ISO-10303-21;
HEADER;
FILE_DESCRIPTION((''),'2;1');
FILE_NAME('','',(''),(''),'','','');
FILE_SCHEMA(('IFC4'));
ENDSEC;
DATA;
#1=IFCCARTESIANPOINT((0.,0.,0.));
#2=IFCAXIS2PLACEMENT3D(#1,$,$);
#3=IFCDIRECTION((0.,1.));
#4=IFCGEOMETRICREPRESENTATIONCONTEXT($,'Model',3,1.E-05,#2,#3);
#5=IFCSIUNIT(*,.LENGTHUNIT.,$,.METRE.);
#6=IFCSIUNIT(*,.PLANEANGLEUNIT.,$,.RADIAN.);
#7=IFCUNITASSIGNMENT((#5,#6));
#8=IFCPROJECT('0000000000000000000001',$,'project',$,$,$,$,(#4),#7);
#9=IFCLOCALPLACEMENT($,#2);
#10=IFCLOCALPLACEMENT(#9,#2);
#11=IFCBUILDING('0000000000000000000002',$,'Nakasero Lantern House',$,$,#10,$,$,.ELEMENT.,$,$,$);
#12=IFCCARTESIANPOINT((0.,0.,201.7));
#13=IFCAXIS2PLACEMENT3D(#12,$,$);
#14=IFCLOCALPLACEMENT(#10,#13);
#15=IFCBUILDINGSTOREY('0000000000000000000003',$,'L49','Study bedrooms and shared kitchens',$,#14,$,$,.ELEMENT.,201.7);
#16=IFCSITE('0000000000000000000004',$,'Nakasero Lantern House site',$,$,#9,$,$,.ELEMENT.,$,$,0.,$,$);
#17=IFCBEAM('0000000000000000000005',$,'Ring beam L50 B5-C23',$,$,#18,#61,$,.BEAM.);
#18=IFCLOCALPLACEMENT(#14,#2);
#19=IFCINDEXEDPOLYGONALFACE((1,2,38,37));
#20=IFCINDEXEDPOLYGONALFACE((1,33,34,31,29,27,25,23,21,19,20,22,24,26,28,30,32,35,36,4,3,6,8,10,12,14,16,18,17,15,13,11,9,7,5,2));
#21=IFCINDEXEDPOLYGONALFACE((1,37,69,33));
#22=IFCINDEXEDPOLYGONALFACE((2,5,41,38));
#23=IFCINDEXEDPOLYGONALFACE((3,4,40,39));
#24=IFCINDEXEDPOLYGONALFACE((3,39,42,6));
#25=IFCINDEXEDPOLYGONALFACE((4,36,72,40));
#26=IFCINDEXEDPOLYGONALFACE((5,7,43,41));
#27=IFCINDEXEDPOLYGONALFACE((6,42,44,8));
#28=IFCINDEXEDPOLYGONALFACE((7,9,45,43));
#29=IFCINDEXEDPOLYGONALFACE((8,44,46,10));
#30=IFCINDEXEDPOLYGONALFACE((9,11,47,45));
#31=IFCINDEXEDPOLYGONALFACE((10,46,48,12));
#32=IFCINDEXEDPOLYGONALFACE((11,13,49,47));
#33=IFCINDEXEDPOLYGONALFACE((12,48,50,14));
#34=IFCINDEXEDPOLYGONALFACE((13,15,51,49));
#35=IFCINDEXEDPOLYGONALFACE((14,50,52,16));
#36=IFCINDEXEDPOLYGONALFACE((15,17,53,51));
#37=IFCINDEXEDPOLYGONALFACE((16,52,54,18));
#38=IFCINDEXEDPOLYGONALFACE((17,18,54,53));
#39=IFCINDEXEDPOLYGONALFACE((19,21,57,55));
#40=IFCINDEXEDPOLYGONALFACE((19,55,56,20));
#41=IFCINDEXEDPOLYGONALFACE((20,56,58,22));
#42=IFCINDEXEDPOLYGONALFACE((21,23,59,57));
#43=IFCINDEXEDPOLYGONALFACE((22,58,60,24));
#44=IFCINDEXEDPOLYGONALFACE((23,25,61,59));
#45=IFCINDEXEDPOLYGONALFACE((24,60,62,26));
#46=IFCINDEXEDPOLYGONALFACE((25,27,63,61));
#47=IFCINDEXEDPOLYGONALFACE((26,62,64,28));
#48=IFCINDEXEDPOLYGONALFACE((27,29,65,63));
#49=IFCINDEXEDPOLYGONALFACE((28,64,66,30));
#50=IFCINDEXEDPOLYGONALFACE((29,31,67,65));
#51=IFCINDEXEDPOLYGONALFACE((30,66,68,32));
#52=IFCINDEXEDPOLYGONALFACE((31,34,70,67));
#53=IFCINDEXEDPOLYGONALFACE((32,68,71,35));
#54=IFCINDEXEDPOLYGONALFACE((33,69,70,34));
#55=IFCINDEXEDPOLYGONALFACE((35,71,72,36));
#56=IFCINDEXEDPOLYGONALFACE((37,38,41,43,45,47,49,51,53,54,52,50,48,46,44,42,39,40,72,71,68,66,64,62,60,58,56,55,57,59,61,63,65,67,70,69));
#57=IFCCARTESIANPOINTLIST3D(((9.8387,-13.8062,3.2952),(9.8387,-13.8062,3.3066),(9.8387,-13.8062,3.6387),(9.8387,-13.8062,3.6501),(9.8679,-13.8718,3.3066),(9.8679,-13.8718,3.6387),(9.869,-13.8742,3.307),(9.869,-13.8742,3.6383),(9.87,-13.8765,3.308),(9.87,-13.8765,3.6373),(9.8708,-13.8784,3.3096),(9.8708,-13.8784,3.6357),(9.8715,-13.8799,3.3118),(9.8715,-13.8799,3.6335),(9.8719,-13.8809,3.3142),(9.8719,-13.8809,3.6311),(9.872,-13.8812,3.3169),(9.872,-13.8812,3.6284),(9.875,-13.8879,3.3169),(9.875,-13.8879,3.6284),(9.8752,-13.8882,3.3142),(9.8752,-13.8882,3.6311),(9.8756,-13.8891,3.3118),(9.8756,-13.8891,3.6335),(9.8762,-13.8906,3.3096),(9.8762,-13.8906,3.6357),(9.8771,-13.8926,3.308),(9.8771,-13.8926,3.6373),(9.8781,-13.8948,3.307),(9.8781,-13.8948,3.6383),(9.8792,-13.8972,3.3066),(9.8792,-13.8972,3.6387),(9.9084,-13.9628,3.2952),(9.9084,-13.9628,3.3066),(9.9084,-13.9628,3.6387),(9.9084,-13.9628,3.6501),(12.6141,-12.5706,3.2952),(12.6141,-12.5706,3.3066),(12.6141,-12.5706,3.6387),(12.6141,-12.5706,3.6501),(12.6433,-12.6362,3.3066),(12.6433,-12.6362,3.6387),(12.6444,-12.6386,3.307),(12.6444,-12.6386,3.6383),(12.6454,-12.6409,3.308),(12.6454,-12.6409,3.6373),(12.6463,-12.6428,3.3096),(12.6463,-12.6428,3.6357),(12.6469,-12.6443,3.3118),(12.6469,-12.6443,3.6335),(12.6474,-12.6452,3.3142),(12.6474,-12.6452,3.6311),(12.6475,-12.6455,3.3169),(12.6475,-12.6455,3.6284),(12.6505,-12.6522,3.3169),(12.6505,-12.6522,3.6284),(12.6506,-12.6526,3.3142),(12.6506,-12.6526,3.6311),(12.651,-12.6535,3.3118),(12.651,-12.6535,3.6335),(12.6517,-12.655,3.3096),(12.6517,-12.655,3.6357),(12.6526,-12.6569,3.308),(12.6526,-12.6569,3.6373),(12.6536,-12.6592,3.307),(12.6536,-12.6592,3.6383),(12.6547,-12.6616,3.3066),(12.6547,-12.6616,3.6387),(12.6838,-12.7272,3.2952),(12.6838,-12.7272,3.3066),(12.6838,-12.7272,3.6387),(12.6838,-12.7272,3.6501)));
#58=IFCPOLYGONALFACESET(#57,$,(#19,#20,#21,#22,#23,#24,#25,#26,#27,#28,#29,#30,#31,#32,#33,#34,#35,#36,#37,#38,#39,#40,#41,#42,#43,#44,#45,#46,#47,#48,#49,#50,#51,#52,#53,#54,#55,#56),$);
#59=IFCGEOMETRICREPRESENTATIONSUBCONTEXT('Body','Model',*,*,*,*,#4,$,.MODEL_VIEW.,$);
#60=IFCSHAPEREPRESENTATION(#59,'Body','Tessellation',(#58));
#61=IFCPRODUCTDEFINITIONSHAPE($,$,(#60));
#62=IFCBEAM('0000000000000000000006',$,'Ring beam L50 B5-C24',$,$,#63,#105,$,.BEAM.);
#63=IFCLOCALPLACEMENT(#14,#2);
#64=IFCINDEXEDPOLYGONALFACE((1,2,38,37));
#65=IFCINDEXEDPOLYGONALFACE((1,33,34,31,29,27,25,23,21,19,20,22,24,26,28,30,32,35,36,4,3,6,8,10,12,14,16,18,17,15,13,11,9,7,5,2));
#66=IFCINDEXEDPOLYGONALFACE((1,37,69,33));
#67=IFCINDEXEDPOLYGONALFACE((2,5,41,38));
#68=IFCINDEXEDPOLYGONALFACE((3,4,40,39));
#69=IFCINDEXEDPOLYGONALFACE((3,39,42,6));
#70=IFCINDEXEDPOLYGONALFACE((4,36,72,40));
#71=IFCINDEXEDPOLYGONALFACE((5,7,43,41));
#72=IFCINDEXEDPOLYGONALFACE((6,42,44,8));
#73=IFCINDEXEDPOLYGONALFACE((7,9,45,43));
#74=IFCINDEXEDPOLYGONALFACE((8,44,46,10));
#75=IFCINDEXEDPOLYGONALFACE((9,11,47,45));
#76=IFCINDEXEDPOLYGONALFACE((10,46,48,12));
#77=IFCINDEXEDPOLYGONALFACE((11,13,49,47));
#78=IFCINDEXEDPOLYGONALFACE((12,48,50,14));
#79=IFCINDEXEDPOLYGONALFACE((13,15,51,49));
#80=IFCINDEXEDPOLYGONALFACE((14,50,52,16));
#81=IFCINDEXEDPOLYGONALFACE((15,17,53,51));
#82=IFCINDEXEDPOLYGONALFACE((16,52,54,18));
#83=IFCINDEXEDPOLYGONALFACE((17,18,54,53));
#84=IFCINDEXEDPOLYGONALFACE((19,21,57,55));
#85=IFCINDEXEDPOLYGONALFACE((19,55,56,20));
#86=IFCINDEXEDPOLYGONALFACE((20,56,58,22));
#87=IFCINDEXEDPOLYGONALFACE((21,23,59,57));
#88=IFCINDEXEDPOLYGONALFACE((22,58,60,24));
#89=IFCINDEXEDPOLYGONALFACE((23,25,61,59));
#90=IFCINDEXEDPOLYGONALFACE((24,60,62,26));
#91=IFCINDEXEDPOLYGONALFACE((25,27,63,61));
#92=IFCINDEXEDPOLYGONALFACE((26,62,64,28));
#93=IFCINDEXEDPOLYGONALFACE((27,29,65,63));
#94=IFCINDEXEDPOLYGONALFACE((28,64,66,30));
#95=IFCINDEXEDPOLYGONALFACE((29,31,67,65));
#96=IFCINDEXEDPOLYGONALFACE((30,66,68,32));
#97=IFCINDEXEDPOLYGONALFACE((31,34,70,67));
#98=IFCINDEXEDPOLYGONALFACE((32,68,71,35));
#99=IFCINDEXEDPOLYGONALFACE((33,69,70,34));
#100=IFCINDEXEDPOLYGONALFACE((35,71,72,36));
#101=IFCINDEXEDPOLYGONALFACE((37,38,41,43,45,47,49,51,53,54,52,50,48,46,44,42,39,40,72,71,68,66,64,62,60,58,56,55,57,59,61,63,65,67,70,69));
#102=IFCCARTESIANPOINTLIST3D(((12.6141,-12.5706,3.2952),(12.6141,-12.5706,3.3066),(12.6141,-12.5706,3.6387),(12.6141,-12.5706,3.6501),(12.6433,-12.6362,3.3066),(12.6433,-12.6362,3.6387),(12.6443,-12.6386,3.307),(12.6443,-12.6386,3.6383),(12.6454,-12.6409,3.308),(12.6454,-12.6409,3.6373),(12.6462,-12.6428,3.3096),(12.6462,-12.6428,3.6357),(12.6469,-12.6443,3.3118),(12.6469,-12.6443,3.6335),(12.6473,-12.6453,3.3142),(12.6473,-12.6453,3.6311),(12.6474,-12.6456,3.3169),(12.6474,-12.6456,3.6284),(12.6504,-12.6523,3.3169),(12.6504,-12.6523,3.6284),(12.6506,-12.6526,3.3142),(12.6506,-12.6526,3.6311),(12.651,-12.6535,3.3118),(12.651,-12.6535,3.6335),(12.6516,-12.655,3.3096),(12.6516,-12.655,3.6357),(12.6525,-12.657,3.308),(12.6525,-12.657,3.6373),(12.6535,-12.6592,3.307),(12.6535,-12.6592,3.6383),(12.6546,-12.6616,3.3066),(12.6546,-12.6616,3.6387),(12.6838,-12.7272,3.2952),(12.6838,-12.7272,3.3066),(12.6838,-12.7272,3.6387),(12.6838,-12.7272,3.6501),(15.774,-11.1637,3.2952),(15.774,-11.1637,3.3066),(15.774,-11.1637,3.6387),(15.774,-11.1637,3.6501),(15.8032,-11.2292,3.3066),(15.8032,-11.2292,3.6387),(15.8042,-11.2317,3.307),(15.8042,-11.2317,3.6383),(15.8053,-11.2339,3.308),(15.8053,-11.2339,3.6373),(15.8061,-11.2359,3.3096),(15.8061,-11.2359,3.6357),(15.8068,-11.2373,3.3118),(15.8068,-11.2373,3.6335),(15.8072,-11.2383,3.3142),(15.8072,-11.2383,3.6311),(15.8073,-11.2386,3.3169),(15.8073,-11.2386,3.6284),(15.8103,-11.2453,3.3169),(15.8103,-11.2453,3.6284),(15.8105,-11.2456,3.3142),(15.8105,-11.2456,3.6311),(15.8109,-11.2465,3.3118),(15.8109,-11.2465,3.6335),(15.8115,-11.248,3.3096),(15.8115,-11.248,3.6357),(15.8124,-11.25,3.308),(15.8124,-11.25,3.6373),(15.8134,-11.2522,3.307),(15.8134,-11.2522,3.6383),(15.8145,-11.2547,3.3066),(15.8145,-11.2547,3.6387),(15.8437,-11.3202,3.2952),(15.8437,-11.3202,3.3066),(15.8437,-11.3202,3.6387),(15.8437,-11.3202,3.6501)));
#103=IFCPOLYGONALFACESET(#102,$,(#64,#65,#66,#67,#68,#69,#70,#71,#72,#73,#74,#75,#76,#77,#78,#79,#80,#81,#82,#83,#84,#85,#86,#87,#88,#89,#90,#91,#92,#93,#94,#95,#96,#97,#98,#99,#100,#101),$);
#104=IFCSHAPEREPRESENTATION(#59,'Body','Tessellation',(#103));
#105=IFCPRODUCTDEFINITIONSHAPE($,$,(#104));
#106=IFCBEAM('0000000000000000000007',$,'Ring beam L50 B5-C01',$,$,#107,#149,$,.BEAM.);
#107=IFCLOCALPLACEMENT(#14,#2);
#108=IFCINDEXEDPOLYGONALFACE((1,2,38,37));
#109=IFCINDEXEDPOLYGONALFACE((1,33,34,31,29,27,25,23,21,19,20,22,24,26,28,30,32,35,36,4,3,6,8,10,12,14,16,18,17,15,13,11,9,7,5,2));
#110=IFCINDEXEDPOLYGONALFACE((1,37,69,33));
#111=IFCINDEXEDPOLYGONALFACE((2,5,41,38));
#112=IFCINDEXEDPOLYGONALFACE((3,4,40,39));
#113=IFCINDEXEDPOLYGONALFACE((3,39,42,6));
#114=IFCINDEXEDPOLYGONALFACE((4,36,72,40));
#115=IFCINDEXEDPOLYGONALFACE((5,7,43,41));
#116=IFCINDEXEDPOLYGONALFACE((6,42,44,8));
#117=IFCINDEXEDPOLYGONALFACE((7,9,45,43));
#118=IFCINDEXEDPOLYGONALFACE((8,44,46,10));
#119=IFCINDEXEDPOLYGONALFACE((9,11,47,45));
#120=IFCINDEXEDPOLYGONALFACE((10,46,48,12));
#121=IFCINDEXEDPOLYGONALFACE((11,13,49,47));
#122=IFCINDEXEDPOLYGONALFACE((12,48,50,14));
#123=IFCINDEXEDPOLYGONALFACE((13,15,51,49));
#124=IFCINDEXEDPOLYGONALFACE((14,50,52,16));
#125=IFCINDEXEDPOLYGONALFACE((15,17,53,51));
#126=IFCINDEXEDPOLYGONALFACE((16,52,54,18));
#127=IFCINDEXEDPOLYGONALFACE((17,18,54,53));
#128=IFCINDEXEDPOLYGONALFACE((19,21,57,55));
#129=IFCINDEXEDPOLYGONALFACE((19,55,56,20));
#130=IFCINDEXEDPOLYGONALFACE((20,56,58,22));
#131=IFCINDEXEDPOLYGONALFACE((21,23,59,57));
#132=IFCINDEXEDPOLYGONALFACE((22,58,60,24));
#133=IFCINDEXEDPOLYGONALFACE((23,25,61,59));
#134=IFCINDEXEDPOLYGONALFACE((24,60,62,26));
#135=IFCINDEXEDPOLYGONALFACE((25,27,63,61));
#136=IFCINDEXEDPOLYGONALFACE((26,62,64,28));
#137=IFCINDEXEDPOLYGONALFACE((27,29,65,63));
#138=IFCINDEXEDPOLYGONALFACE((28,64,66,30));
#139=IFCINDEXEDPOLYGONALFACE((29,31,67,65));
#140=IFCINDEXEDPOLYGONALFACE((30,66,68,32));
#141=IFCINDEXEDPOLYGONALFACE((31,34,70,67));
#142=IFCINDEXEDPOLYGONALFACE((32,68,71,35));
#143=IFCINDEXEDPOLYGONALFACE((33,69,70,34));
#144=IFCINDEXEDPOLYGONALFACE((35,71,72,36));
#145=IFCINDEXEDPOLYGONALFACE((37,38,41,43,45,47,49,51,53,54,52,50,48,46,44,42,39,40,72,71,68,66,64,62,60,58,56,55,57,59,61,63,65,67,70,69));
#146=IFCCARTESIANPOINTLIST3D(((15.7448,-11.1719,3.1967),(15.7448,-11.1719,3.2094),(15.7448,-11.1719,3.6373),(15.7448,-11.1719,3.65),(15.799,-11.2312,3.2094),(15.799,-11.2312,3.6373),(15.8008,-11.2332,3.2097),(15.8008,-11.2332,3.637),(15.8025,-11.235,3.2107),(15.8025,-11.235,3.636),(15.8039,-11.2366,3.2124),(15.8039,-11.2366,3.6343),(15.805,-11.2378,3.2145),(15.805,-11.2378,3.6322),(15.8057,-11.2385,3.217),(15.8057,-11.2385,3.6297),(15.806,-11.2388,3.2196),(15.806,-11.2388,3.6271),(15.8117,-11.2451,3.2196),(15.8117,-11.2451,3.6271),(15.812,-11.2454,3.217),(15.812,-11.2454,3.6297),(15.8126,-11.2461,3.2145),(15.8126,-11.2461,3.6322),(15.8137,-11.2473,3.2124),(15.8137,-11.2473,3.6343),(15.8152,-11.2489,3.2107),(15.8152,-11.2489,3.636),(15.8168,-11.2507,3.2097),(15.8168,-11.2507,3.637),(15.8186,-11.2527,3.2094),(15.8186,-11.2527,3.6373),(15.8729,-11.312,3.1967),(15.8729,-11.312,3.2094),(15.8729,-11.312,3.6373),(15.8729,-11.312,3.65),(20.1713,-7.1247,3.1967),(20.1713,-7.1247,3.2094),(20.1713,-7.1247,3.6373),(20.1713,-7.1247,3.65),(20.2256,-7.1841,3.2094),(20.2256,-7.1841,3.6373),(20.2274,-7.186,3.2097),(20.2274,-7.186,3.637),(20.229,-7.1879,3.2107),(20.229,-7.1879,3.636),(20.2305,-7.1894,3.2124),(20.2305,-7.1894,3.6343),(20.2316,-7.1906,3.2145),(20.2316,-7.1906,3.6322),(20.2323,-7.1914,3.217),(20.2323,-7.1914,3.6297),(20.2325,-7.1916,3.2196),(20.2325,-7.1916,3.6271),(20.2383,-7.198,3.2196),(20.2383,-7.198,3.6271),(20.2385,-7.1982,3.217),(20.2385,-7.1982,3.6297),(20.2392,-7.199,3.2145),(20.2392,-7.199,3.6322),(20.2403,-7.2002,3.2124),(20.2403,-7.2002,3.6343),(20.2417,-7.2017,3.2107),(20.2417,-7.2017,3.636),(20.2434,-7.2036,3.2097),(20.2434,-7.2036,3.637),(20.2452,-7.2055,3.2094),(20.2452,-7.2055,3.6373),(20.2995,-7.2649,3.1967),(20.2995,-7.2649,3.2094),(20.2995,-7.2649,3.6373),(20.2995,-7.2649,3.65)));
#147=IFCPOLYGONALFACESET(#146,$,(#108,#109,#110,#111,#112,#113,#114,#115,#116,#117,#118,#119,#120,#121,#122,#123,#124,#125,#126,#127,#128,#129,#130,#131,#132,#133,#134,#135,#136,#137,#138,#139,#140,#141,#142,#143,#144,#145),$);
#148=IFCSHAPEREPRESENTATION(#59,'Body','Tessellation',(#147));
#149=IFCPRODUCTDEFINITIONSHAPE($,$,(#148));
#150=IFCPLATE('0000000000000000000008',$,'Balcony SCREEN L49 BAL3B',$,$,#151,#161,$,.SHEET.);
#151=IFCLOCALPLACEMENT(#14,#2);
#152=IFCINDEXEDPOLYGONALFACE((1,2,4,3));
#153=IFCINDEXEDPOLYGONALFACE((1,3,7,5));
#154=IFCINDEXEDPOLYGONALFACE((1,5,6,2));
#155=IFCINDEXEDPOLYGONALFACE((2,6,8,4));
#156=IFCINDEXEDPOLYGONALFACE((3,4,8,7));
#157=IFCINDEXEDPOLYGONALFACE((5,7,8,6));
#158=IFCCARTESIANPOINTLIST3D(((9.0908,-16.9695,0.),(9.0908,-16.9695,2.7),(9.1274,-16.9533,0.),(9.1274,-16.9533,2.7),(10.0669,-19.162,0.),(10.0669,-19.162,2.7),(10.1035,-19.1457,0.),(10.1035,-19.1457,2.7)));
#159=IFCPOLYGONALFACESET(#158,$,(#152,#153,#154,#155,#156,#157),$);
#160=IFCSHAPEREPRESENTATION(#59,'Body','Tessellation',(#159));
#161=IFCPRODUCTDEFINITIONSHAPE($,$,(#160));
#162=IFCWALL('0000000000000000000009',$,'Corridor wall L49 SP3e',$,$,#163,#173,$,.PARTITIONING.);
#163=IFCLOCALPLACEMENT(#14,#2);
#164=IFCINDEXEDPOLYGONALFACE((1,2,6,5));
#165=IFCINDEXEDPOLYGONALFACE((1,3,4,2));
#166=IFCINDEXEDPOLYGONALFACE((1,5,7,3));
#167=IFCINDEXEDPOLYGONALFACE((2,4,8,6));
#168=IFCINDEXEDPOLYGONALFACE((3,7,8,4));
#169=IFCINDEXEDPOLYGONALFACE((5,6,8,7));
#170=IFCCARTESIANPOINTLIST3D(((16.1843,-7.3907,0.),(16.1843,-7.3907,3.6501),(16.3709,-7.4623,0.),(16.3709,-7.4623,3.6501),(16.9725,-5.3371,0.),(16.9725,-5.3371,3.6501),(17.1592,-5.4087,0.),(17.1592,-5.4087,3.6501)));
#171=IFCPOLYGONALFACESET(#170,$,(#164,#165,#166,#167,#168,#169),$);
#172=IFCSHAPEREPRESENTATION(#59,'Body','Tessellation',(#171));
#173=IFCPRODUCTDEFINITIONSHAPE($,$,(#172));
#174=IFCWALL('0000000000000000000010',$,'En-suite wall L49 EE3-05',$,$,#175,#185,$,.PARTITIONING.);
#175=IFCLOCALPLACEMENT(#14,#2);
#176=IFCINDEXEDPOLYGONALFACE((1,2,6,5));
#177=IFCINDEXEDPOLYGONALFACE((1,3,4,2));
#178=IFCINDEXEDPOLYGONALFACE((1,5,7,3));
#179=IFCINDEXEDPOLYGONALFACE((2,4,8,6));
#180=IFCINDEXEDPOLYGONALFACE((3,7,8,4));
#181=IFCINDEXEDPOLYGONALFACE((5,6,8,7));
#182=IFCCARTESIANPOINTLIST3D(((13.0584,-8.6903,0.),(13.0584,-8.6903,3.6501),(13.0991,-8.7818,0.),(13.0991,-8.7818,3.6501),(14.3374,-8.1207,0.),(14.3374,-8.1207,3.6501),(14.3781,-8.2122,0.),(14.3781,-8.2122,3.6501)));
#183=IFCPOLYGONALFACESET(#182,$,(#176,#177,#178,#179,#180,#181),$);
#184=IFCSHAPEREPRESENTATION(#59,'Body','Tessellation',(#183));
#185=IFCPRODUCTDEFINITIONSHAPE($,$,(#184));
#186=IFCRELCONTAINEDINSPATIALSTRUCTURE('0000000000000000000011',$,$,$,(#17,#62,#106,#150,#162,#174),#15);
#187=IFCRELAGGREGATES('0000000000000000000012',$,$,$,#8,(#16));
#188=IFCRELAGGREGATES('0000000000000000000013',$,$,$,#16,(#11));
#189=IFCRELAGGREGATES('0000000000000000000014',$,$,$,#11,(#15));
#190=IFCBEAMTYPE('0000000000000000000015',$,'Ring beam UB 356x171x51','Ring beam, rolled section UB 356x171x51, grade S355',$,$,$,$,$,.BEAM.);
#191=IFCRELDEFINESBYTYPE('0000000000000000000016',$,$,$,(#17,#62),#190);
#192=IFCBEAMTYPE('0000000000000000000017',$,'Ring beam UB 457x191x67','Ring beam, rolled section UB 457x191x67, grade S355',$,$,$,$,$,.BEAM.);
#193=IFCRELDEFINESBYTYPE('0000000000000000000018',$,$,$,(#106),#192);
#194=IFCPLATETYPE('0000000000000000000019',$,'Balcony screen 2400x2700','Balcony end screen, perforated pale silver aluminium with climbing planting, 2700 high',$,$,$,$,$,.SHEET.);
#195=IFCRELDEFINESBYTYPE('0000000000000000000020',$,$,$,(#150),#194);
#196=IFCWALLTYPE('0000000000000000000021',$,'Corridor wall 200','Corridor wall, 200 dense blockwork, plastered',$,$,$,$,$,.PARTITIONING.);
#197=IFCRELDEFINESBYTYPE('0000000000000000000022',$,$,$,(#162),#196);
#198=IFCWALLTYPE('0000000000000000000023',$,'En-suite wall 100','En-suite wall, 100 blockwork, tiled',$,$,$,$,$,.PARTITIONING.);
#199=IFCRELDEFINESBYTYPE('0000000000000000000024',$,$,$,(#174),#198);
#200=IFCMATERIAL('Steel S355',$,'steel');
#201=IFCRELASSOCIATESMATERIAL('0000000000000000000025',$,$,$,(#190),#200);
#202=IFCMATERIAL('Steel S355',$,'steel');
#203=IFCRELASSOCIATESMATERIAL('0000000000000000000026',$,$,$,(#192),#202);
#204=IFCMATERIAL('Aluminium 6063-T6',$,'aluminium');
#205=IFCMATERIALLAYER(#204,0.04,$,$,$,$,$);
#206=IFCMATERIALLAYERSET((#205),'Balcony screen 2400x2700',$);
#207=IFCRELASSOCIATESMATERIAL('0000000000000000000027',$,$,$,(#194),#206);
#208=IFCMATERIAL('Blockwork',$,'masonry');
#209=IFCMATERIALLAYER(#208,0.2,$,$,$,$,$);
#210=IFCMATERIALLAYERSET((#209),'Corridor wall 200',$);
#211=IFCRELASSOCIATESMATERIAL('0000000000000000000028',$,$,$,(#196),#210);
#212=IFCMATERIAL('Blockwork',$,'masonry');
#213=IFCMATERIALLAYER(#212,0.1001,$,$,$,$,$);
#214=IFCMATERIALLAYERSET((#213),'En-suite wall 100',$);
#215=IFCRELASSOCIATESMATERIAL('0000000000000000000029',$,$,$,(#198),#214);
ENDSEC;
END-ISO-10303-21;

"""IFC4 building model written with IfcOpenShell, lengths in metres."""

from ifc_helpers import new_model, si_unit, direction, frame, frame_2d, origin, origin_2d, place, context, subcontext, project, spatial, rectangle, i_section, extrude, material, layer, layer_set, material_profile, profile_set, type_object, element, save


model = new_model("IFC4")

# Units and contexts
model_context = context("Model", 3, precision=1e-05, world=origin(), true_north=direction((0.0, 1.0)))
body_context = subcontext(model_context, "Body", "Model", "MODEL_VIEW")
ifc_project = project(units=[si_unit("LENGTHUNIT", "METRE"), si_unit("PLANEANGLEUNIT", "RADIAN")], contexts=[model_context])

# Site, building, storey
site_placement = place(None, origin())
site = spatial("IfcSite", under=ifc_project, at=site_placement, Name="Nakasero Lantern House site", CompositionType="ELEMENT", RefElevation=0.0)
building_placement = place(site_placement, origin())
building = spatial("IfcBuilding", under=site, at=building_placement, Name="Nakasero Lantern House", CompositionType="ELEMENT")
storey_placement = place(building_placement, frame((0.0, 0.0, 201.7)))
storey = spatial("IfcBuildingStorey", under=building, at=storey_placement, Name="L49", Description="Study bedrooms and shared kitchens", CompositionType="ELEMENT", Elevation=201.7)

# Beams
ifc_material_1 = material(Name="Steel S355", Category="steel")
ifc_material_profile_1 = material_profile(ifc_material_1, i_section(OverallWidth=0.1714, OverallDepth=0.355, WebThickness=0.0073, FlangeThickness=0.0115, FilletRadius=0.0103, at=origin_2d()), Name="UB 356x171x51")
ifc_profile_set_1 = profile_set([ifc_material_profile_1], Name="Steel S355")
beam_type_1 = type_object("IfcBeamType", Name="Ring beam UB 356x171x51", Description="Ring beam, rolled section UB 356x171x51, grade S355", PredefinedType="BEAM", material=ifc_profile_set_1)
beam_1_placement = place(storey_placement, frame((9.8735, -13.8845, 3.4727), z_axis=(0.913556, 0.406713, 0.0), x_axis=(-0.406713, 0.913556, 0.0)))
element("IfcBeam", 1, at=beam_1_placement, inside=storey, type_object=beam_type_1, Name="Ring beam L50 B5-C23", PredefinedType="BEAM", context=body_context, shape_type="SweptSolid", body=[
    extrude(i_section(OverallWidth=0.1714, OverallDepth=0.355, WebThickness=0.0073, FlangeThickness=0.0115, FilletRadius=0.0103, at=origin_2d()), origin(), (0.0, 0.0, 1.0), 3.0381),
])
beam_2_placement = place(storey_placement, frame((12.6489, -12.6489, 3.4727), z_axis=(0.913535, 0.406761, 0.0), x_axis=(-0.406761, 0.913535, 0.0)))
element("IfcBeam", 2, at=beam_2_placement, inside=storey, type_object=beam_type_1, Name="Ring beam L50 B5-C24", PredefinedType="BEAM", context=body_context, shape_type="SweptSolid", body=[
    extrude(i_section(OverallWidth=0.1714, OverallDepth=0.355, WebThickness=0.0073, FlangeThickness=0.0115, FilletRadius=0.0103, at=origin_2d()), origin(), (0.0, 0.0, 1.0), 3.459),
])
ifc_material_2 = material(Name="Steel S355", Category="steel")
ifc_material_profile_2 = material_profile(ifc_material_2, i_section(OverallWidth=0.1899, OverallDepth=0.4534, WebThickness=0.0085, FlangeThickness=0.0127, FilletRadius=0.0103, at=origin_2d()), Name="UB 457x191x67")
ifc_profile_set_2 = profile_set([ifc_material_profile_2], Name="Steel S355")
beam_type_2 = type_object("IfcBeamType", Name="Ring beam UB 457x191x67", Description="Ring beam, rolled section UB 457x191x67, grade S355", PredefinedType="BEAM", material=ifc_profile_set_2)
beam_3_placement = place(storey_placement, frame((15.8088, -11.2419, 3.4233), z_axis=(0.738027, 0.674771, 0.0), x_axis=(-0.674771, 0.738027, 0.0)))
element("IfcBeam", 3, at=beam_3_placement, inside=storey, type_object=beam_type_2, Name="Ring beam L50 B5-C01", PredefinedType="BEAM", context=body_context, shape_type="SweptSolid", body=[
    extrude(i_section(OverallWidth=0.1899, OverallDepth=0.4534, WebThickness=0.0085, FlangeThickness=0.0127, FilletRadius=0.0103, at=origin_2d()), origin(), (0.0, 0.0, 1.0), 5.9978),
])

# Plate
ifc_material_3 = material(Name="Aluminium 6063-T6", Category="aluminium")
ifc_layer_1 = layer(ifc_material_3, 0.04)
ifc_layer_set_1 = layer_set([ifc_layer_1], Name="Balcony screen 2400x2700")
plate_type = type_object("IfcPlateType", Name="Balcony screen 2400x2700", Description="Balcony end screen, perforated pale silver aluminium with climbing planting, 2700 high", PredefinedType="SHEET", material=ifc_layer_set_1)
plate_placement = place(storey_placement, frame((9.5972, -18.0576, 0.0), z_axis=(0.0, 0.0, 1.0), x_axis=(0.406737, -0.913545, 0.0)))
element("IfcPlate", 4, at=plate_placement, inside=storey, type_object=plate_type, Name="Balcony SCREEN L49 BAL3B", PredefinedType="SHEET", context=body_context, shape_type="SweptSolid", body=[
    extrude(rectangle(XDim=2.3999, YDim=0.04, at=origin_2d()), origin(), (0.0, 0.0, 1.0), 2.7),
])

# Walls
ifc_material_4 = material(Name="Blockwork", Category="masonry")
ifc_layer_2 = layer(ifc_material_4, 0.2)
ifc_layer_set_2 = layer_set([ifc_layer_2], Name="Corridor wall 200")
wall_type_1 = type_object("IfcWallType", Name="Corridor wall 200", Description="Corridor wall, 200 dense blockwork, plastered", PredefinedType="PARTITIONING", material=ifc_layer_set_2)
wall_1_placement = place(storey_placement, frame((16.2776, -7.4265, 0.0), z_axis=(0.0, 0.0, 1.0), x_axis=(0.358362, 0.933583, 0.0)))
element("IfcWall", 5, at=wall_1_placement, inside=storey, type_object=wall_type_1, Name="Corridor wall L49 SP3e", PredefinedType="PARTITIONING", context=body_context, shape_type="SweptSolid", body=[
    extrude(rectangle(XDim=2.1997, YDim=0.2, at=frame_2d((1.0999, 0.0))), origin(), (0.0, 0.0, 1.0), 3.6501),
])
ifc_material_5 = material(Name="Blockwork", Category="masonry")
ifc_layer_3 = layer(ifc_material_5, 0.1001)
ifc_layer_set_3 = layer_set([ifc_layer_3], Name="En-suite wall 100")
wall_type_2 = type_object("IfcWallType", Name="En-suite wall 100", Description="En-suite wall, 100 blockwork, tiled", PredefinedType="PARTITIONING", material=ifc_layer_set_3)
wall_2_placement = place(storey_placement, frame((13.0786, -8.7361, 0.0), z_axis=(0.0, 0.0, 1.0), x_axis=(0.913516, 0.406802, 0.0)))
element("IfcWall", 6, at=wall_2_placement, inside=storey, type_object=wall_type_2, Name="En-suite wall L49 EE3-05", PredefinedType="PARTITIONING", context=body_context, shape_type="SweptSolid", body=[
    extrude(rectangle(XDim=1.4001, YDim=0.1001, at=frame_2d((0.7002, 0.0))), origin(), (0.0, 0.0, 1.0), 3.6501),
])

save(model, "model.ifc")
